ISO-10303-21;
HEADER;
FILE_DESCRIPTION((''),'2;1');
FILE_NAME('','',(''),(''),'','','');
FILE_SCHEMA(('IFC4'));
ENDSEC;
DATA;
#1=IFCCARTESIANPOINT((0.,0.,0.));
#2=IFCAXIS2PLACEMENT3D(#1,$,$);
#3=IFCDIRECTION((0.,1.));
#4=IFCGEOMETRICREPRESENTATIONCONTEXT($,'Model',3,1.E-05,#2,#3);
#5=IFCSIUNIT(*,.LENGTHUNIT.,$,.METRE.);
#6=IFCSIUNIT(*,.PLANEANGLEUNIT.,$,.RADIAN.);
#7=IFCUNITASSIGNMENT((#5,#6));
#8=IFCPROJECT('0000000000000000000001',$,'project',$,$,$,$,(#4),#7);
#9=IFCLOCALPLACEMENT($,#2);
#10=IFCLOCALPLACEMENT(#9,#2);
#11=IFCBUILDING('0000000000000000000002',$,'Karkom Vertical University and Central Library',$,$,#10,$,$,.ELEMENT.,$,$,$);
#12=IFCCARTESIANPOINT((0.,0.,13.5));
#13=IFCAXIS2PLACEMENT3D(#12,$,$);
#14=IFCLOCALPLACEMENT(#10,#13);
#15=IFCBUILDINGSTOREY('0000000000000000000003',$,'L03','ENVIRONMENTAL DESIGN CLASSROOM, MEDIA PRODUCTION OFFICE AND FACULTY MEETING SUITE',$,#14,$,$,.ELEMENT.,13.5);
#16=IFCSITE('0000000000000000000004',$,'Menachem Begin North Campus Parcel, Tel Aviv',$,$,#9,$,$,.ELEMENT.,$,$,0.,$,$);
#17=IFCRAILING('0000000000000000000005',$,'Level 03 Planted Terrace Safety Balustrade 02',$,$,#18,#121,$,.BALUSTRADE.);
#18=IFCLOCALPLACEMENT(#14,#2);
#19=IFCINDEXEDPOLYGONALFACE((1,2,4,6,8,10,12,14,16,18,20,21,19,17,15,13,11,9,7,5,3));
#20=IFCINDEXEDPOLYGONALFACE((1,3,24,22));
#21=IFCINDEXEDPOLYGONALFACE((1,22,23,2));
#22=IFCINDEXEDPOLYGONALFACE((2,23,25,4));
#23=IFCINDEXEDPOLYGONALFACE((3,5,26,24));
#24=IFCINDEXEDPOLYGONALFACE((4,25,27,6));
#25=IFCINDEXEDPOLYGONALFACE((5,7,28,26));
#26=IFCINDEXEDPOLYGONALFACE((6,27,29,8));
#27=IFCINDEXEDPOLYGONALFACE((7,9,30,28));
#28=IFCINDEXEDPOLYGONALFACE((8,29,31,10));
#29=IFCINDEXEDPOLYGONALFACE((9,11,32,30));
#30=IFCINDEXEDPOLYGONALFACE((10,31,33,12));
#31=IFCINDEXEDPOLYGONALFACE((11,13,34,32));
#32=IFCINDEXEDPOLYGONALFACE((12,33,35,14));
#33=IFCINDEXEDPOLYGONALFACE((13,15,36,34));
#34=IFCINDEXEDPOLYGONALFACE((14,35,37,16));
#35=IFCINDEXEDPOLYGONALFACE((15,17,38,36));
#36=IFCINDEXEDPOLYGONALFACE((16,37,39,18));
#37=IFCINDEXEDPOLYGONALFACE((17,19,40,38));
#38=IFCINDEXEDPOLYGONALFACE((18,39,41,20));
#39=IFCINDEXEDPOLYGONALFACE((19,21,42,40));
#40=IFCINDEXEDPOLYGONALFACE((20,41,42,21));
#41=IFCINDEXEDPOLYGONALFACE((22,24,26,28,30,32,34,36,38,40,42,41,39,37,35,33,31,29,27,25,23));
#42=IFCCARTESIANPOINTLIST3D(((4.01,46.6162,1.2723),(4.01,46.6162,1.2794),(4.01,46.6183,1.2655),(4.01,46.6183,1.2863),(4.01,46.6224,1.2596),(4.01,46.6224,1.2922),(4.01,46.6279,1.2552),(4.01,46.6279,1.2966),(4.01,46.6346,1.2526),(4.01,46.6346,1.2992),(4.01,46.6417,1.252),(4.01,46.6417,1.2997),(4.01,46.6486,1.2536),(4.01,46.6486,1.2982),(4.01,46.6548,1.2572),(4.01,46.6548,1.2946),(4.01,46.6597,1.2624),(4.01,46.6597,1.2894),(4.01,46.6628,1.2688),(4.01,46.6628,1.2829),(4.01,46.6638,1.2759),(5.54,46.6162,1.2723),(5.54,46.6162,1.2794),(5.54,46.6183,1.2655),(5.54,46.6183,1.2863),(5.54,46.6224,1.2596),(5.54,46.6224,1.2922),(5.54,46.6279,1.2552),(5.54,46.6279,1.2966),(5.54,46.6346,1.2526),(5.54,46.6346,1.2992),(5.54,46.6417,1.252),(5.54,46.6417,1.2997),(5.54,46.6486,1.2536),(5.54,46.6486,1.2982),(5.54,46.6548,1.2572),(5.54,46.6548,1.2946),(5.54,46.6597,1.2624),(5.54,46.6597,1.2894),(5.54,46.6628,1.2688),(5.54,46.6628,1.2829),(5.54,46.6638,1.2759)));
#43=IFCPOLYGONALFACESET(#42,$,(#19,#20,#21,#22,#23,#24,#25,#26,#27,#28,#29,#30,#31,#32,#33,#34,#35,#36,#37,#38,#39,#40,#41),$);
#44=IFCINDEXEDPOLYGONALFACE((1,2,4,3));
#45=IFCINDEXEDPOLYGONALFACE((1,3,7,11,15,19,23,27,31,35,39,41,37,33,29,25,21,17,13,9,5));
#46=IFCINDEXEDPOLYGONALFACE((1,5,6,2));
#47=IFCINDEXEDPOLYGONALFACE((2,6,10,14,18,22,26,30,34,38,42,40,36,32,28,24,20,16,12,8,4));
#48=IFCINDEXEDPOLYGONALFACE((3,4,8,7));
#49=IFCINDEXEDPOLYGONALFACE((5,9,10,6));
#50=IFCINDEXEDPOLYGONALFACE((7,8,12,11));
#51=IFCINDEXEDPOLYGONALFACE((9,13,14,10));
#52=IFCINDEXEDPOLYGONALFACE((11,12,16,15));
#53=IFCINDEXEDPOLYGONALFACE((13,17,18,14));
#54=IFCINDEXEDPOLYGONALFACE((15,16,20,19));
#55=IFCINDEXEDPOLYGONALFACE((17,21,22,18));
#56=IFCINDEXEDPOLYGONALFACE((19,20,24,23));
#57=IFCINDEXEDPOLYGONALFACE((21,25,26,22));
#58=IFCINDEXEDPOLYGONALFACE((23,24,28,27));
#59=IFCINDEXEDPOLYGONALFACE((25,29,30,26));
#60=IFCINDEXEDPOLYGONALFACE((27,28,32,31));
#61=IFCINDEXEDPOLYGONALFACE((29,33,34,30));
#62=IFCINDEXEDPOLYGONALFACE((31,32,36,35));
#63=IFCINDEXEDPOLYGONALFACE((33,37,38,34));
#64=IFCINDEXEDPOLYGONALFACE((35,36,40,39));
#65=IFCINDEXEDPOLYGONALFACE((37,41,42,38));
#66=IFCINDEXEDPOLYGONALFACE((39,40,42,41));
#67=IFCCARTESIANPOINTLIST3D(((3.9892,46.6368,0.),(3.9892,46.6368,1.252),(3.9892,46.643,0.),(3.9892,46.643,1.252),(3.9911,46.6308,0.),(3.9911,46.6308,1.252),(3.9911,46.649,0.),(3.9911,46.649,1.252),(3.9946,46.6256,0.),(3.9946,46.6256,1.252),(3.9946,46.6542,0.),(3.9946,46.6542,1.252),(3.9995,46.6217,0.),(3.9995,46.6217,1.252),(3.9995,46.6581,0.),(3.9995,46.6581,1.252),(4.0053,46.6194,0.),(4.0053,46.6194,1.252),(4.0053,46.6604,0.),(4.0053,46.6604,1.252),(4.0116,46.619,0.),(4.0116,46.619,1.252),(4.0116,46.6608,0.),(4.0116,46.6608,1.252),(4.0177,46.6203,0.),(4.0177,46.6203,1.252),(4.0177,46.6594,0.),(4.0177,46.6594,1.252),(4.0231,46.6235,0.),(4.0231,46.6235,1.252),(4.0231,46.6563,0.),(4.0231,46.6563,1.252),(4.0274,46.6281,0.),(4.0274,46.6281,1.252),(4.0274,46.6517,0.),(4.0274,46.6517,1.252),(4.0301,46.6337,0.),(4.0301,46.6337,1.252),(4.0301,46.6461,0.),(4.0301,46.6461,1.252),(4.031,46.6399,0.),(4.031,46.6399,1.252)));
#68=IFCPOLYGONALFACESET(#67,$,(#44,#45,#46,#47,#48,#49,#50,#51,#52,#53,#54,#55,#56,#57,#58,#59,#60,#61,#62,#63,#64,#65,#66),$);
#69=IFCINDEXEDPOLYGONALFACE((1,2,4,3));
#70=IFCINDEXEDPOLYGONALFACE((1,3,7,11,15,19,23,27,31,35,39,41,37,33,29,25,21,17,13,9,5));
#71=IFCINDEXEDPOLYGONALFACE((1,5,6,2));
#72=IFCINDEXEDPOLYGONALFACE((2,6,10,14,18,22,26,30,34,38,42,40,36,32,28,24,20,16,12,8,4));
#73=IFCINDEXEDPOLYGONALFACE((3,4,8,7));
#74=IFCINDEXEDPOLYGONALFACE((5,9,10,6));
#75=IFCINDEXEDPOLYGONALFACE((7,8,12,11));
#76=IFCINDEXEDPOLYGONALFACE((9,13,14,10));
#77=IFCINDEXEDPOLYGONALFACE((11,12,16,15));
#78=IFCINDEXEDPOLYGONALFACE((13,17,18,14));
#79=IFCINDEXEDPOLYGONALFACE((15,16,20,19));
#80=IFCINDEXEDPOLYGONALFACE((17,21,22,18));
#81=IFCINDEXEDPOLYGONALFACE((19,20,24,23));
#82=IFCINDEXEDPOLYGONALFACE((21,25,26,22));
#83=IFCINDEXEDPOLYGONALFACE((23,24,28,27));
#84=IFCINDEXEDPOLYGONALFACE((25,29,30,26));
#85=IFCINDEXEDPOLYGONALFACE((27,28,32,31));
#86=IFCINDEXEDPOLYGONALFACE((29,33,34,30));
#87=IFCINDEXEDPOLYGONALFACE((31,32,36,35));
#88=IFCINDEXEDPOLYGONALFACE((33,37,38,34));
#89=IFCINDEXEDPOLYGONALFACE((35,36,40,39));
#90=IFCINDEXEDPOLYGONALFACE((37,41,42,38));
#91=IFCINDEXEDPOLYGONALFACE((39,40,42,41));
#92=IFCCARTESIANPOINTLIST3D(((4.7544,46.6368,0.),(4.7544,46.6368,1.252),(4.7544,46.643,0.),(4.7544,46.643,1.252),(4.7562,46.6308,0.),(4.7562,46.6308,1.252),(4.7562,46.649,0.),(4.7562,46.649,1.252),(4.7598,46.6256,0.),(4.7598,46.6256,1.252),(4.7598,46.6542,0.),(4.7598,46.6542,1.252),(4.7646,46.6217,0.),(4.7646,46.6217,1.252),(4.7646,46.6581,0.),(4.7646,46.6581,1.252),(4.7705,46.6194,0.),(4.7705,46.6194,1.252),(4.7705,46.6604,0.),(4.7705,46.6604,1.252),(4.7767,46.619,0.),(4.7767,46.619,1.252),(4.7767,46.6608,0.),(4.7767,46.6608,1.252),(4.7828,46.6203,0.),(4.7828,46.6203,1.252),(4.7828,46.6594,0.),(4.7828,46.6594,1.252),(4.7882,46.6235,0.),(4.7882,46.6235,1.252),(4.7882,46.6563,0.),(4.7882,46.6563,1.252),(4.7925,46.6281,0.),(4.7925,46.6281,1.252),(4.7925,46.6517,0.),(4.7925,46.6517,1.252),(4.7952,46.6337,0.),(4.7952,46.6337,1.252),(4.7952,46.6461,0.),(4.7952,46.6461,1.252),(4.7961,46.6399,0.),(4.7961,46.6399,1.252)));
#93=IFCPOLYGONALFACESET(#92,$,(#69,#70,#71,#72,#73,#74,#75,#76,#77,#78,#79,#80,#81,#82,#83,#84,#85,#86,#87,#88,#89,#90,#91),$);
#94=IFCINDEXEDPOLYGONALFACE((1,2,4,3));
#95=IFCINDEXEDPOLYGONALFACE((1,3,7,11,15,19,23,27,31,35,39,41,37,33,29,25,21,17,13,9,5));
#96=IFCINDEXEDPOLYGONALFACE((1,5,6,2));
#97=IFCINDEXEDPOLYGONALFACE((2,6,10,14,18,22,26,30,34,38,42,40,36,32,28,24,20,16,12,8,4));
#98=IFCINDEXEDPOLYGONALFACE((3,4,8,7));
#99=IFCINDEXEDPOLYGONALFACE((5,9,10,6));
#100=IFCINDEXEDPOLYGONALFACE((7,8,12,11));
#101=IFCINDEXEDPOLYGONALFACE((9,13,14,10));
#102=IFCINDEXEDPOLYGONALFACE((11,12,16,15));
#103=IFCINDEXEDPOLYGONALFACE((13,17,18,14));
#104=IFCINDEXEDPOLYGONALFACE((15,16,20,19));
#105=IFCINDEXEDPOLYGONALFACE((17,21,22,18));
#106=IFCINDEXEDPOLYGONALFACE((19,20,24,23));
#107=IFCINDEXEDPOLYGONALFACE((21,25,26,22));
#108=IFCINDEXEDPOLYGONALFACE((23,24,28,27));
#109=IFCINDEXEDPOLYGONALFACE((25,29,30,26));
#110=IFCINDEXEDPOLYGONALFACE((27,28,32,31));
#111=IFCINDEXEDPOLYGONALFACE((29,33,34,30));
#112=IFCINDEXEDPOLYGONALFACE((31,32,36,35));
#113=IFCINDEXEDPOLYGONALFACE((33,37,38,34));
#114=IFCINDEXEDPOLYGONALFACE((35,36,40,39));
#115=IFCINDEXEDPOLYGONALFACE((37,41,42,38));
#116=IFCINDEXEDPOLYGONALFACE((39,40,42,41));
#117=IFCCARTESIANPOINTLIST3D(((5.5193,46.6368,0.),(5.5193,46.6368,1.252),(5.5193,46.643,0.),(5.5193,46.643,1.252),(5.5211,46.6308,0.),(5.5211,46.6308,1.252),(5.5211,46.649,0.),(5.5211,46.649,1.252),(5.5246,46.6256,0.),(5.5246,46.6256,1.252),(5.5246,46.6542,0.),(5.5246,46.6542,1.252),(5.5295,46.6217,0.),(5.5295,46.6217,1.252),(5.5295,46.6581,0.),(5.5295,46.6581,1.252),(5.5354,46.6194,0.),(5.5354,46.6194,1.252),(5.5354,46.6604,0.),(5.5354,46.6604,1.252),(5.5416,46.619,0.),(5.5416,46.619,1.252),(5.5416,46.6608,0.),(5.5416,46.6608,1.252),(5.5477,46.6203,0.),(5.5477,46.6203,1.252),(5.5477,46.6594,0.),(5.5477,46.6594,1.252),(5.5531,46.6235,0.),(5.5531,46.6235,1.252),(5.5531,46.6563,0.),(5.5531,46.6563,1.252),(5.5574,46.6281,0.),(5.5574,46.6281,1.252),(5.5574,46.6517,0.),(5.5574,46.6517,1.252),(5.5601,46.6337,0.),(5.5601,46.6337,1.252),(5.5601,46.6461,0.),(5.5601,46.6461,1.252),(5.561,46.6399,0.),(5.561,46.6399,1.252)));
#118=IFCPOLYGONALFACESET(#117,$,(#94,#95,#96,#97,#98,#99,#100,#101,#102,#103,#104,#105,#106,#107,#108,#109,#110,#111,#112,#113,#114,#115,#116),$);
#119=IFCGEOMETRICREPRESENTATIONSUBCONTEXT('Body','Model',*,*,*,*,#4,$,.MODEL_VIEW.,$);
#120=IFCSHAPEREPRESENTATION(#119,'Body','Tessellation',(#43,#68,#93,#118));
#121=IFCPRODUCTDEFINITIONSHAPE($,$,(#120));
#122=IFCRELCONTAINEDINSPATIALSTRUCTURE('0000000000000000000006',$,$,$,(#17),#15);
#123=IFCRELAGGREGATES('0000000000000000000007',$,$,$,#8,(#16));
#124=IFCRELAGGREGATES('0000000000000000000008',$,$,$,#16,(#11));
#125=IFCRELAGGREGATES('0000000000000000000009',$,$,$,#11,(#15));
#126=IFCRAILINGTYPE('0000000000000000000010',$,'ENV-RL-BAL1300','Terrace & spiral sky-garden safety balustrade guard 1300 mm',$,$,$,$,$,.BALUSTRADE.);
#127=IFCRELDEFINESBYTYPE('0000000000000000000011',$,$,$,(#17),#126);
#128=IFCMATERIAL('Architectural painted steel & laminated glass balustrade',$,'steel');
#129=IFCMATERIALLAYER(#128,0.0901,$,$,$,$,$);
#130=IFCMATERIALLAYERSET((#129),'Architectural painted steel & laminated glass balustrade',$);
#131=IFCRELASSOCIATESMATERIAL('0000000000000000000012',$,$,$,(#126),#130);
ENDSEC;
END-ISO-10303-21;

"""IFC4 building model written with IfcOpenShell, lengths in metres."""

from ifc_helpers import new_model, si_unit, direction, frame, origin, origin_2d, place, context, subcontext, project, spatial, circle, extrude, material, layer, layer_set, type_object, element, save


model = new_model("IFC4")

# Units and contexts
model_context = context("Model", 3, precision=1e-05, world=origin(), true_north=direction((0.0, 1.0)))
body_context = subcontext(model_context, "Body", "Model", "MODEL_VIEW")
ifc_project = project(units=[si_unit("LENGTHUNIT", "METRE"), si_unit("PLANEANGLEUNIT", "RADIAN")], contexts=[model_context])

# Site, building, storey
site_placement = place(None, origin())
site = spatial("IfcSite", under=ifc_project, at=site_placement, Name="Menachem Begin North Campus Parcel, Tel Aviv", CompositionType="ELEMENT", RefElevation=0.0)
building_placement = place(site_placement, origin())
building = spatial("IfcBuilding", under=site, at=building_placement, Name="Karkom Vertical University and Central Library", CompositionType="ELEMENT")
storey_placement = place(building_placement, frame((0.0, 0.0, 13.5)))
storey = spatial("IfcBuildingStorey", under=building, at=storey_placement, Name="L03", Description="ENVIRONMENTAL DESIGN CLASSROOM, MEDIA PRODUCTION OFFICE AND FACULTY MEETING SUITE", CompositionType="ELEMENT", Elevation=13.5)

# Railing
ifc_material_1 = material(Name="Architectural painted steel & laminated glass balustrade", Category="steel")
ifc_layer_1 = layer(ifc_material_1, 0.0901)
ifc_layer_set_1 = layer_set([ifc_layer_1], Name="Architectural painted steel & laminated glass balustrade")
railing_type_1 = type_object("IfcRailingType", Name="ENV-RL-BAL1300", Description="Terrace & spiral sky-garden safety balustrade guard 1300 mm", PredefinedType="BALUSTRADE", material=ifc_layer_set_1)
railing_1_placement = place(storey_placement, frame((4.01, 46.6399, 0.0)))
element("IfcRailing", 1, at=railing_1_placement, inside=storey, type_object=railing_type_1, Name="Level 03 Planted Terrace Safety Balustrade 02", PredefinedType="BALUSTRADE", context=body_context, shape_type="SweptSolid", body=[
    extrude(circle(Radius=0.0239, at=origin_2d()), frame((0.0, 0.0, 1.2759), z_axis=(1.0, 0.0, 0.0), x_axis=(0.0, 1.0, 0.0)), (0.0, 0.0, 1.0), 1.53),
    extrude(circle(Radius=0.021, at=origin_2d()), origin(), (0.0, 0.0, 1.0), 1.252),
    extrude(circle(Radius=0.021, at=origin_2d()), frame((0.7651, 0.0, 0.0)), (0.0, 0.0, 1.0), 1.252),
    extrude(circle(Radius=0.021, at=origin_2d()), frame((1.53, 0.0, 0.0)), (0.0, 0.0, 1.0), 1.252),
])

save(model, "model.ifc")
